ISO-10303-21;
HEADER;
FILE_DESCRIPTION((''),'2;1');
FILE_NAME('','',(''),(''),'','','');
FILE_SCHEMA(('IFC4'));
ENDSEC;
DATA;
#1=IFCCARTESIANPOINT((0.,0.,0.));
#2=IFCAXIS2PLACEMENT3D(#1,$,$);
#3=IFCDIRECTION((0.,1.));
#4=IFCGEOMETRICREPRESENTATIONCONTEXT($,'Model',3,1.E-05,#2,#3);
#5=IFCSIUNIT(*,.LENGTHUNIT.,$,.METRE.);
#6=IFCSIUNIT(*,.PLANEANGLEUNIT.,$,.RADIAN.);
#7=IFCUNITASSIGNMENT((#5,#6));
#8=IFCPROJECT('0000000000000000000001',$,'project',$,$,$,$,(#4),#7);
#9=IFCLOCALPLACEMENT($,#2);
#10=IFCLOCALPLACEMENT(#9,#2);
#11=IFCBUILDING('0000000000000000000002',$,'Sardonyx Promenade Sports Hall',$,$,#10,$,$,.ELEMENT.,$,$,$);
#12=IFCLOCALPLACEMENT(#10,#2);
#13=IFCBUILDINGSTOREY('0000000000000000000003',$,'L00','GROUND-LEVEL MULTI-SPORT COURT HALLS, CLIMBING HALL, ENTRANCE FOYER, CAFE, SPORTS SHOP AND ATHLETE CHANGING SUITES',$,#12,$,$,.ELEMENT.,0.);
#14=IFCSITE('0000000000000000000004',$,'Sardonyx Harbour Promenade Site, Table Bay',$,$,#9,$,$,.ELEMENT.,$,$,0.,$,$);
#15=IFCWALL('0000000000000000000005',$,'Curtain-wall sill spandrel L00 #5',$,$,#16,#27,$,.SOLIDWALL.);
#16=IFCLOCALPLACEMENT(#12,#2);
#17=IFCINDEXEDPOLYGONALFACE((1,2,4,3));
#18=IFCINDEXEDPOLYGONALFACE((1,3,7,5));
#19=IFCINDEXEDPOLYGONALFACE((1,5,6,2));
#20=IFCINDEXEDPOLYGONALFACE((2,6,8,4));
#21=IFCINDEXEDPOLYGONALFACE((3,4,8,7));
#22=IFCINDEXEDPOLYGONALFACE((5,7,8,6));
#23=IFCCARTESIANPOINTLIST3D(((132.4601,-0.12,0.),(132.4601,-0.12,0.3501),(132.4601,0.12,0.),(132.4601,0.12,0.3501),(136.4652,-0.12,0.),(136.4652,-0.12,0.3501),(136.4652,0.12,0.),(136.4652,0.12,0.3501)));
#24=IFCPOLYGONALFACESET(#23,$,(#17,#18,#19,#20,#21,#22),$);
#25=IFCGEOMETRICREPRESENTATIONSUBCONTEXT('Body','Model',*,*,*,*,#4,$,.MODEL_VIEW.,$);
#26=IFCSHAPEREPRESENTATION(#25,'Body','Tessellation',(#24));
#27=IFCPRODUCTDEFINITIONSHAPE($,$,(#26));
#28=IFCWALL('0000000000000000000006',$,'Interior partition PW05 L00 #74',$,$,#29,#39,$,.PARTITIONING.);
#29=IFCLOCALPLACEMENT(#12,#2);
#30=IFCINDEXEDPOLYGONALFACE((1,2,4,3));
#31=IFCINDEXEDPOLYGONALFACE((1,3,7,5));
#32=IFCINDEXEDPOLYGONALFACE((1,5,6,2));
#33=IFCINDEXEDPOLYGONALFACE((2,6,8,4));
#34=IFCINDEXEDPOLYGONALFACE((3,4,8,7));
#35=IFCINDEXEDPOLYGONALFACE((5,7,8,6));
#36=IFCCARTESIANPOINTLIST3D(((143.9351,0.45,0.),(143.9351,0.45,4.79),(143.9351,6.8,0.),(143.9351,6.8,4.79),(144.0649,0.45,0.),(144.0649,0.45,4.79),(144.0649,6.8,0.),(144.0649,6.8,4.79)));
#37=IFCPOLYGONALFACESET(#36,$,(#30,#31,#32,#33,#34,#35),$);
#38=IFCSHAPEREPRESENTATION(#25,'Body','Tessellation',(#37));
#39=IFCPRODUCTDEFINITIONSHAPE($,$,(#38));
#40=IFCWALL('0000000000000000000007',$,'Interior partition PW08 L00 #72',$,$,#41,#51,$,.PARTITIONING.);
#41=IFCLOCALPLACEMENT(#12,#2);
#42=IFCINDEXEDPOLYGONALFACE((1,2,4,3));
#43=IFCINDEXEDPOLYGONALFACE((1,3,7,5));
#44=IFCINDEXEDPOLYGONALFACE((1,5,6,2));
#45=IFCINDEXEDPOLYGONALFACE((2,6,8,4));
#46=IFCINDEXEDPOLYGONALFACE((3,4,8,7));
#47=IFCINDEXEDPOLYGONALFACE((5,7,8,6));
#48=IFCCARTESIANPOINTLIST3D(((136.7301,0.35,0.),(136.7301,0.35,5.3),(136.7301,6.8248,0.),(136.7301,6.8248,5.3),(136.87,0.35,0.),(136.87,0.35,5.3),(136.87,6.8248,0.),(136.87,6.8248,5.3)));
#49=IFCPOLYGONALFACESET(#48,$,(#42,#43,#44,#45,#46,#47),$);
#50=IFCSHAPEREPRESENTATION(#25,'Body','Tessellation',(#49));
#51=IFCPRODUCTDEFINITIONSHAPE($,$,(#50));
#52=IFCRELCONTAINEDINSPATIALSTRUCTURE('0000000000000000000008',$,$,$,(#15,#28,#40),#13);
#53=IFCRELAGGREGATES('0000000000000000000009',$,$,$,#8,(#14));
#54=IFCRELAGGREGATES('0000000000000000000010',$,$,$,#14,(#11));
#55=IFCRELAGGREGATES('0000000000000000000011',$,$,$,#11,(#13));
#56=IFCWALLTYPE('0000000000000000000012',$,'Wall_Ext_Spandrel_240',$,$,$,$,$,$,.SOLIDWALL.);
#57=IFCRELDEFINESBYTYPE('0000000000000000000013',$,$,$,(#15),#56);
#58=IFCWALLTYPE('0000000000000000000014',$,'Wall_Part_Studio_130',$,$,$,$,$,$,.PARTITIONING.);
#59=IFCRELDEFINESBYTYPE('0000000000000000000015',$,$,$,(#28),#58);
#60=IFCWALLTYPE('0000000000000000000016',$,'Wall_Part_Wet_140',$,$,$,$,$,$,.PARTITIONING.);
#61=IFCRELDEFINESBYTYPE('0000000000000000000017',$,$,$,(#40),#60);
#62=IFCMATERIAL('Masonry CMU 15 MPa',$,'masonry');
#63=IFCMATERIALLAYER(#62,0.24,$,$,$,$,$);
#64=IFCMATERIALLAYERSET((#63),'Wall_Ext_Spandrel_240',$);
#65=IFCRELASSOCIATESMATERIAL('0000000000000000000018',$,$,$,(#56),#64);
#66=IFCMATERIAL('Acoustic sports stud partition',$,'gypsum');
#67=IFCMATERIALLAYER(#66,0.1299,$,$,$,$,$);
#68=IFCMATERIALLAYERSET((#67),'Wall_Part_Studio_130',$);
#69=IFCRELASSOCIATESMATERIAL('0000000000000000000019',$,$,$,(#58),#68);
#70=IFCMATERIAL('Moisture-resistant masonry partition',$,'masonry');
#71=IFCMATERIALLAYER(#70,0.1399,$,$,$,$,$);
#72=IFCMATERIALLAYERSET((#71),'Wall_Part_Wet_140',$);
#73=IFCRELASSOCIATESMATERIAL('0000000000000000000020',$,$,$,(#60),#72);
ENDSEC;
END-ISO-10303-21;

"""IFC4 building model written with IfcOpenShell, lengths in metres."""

from ifc_helpers import new_model, si_unit, direction, frame, frame_2d, origin, place, context, subcontext, project, spatial, rectangle, extrude, material, layer, layer_set, type_object, element, save


model = new_model("IFC4")

# Units and contexts
model_context = context("Model", 3, precision=1e-05, world=origin(), true_north=direction((0.0, 1.0)))
body_context = subcontext(model_context, "Body", "Model", "MODEL_VIEW")
ifc_project = project(units=[si_unit("LENGTHUNIT", "METRE"), si_unit("PLANEANGLEUNIT", "RADIAN")], contexts=[model_context])

# Site, building, storey
site_placement = place(None, origin())
site = spatial("IfcSite", under=ifc_project, at=site_placement, Name="Sardonyx Harbour Promenade Site, Table Bay", CompositionType="ELEMENT", RefElevation=0.0)
building_placement = place(site_placement, origin())
building = spatial("IfcBuilding", under=site, at=building_placement, Name="Sardonyx Promenade Sports Hall", CompositionType="ELEMENT")
storey_placement = place(building_placement, origin())
storey = spatial("IfcBuildingStorey", under=building, at=storey_placement, Name="L00", Description="GROUND-LEVEL MULTI-SPORT COURT HALLS, CLIMBING HALL, ENTRANCE FOYER, CAFE, SPORTS SHOP AND ATHLETE CHANGING SUITES", CompositionType="ELEMENT", Elevation=0.0)

# Walls
ifc_material_1 = material(Name="Masonry CMU 15 MPa", Category="masonry")
ifc_layer_1 = layer(ifc_material_1, 0.24)
ifc_layer_set_1 = layer_set([ifc_layer_1], Name="Wall_Ext_Spandrel_240")
wall_type_1 = type_object("IfcWallType", Name="Wall_Ext_Spandrel_240", PredefinedType="SOLIDWALL", material=ifc_layer_set_1)
wall_1_placement = place(storey_placement, frame((136.4651, 0.0, 0.0), z_axis=(0.0, 0.0, 1.0), x_axis=(-1.0, 0.0, 0.0)))
element("IfcWall", 1, at=wall_1_placement, inside=storey, type_object=wall_type_1, Name="Curtain-wall sill spandrel L00 #5", PredefinedType="SOLIDWALL", context=body_context, shape_type="SweptSolid", body=[
    extrude(rectangle(XDim=4.0051, YDim=0.24, at=frame_2d((2.0024, 0.0))), origin(), (0.0, 0.0, 1.0), 0.3501),
])
ifc_material_2 = material(Name="Acoustic sports stud partition", Category="gypsum")
ifc_layer_2 = layer(ifc_material_2, 0.1299)
ifc_layer_set_2 = layer_set([ifc_layer_2], Name="Wall_Part_Studio_130")
wall_type_2 = type_object("IfcWallType", Name="Wall_Part_Studio_130", PredefinedType="PARTITIONING", material=ifc_layer_set_2)
wall_2_placement = place(storey_placement, frame((144.0, 0.45, 0.0), z_axis=(0.0, 0.0, 1.0), x_axis=(0.0, 1.0, 0.0)))
element("IfcWall", 2, at=wall_2_placement, inside=storey, type_object=wall_type_2, Name="Interior partition PW05 L00 #74", PredefinedType="PARTITIONING", context=body_context, shape_type="SweptSolid", body=[
    extrude(rectangle(XDim=6.3501, YDim=0.1299, at=frame_2d((3.175, 0.0))), origin(), (0.0, 0.0, 1.0), 4.79),
])
ifc_material_3 = material(Name="Moisture-resistant masonry partition", Category="masonry")
ifc_layer_3 = layer(ifc_material_3, 0.1399)
ifc_layer_set_3 = layer_set([ifc_layer_3], Name="Wall_Part_Wet_140")
wall_type_3 = type_object("IfcWallType", Name="Wall_Part_Wet_140", PredefinedType="PARTITIONING", material=ifc_layer_set_3)
wall_3_placement = place(storey_placement, frame((136.8, 0.3501, 0.0), z_axis=(0.0, 0.0, 1.0), x_axis=(0.0, 1.0, 0.0)))
element("IfcWall", 3, at=wall_3_placement, inside=storey, type_object=wall_type_3, Name="Interior partition PW08 L00 #72", PredefinedType="PARTITIONING", context=body_context, shape_type="SweptSolid", body=[
    extrude(rectangle(XDim=6.4749, YDim=0.1399, at=frame_2d((3.2373, 0.0))), origin(), (0.0, 0.0, 1.0), 5.3),
])

save(model, "model.ifc")
